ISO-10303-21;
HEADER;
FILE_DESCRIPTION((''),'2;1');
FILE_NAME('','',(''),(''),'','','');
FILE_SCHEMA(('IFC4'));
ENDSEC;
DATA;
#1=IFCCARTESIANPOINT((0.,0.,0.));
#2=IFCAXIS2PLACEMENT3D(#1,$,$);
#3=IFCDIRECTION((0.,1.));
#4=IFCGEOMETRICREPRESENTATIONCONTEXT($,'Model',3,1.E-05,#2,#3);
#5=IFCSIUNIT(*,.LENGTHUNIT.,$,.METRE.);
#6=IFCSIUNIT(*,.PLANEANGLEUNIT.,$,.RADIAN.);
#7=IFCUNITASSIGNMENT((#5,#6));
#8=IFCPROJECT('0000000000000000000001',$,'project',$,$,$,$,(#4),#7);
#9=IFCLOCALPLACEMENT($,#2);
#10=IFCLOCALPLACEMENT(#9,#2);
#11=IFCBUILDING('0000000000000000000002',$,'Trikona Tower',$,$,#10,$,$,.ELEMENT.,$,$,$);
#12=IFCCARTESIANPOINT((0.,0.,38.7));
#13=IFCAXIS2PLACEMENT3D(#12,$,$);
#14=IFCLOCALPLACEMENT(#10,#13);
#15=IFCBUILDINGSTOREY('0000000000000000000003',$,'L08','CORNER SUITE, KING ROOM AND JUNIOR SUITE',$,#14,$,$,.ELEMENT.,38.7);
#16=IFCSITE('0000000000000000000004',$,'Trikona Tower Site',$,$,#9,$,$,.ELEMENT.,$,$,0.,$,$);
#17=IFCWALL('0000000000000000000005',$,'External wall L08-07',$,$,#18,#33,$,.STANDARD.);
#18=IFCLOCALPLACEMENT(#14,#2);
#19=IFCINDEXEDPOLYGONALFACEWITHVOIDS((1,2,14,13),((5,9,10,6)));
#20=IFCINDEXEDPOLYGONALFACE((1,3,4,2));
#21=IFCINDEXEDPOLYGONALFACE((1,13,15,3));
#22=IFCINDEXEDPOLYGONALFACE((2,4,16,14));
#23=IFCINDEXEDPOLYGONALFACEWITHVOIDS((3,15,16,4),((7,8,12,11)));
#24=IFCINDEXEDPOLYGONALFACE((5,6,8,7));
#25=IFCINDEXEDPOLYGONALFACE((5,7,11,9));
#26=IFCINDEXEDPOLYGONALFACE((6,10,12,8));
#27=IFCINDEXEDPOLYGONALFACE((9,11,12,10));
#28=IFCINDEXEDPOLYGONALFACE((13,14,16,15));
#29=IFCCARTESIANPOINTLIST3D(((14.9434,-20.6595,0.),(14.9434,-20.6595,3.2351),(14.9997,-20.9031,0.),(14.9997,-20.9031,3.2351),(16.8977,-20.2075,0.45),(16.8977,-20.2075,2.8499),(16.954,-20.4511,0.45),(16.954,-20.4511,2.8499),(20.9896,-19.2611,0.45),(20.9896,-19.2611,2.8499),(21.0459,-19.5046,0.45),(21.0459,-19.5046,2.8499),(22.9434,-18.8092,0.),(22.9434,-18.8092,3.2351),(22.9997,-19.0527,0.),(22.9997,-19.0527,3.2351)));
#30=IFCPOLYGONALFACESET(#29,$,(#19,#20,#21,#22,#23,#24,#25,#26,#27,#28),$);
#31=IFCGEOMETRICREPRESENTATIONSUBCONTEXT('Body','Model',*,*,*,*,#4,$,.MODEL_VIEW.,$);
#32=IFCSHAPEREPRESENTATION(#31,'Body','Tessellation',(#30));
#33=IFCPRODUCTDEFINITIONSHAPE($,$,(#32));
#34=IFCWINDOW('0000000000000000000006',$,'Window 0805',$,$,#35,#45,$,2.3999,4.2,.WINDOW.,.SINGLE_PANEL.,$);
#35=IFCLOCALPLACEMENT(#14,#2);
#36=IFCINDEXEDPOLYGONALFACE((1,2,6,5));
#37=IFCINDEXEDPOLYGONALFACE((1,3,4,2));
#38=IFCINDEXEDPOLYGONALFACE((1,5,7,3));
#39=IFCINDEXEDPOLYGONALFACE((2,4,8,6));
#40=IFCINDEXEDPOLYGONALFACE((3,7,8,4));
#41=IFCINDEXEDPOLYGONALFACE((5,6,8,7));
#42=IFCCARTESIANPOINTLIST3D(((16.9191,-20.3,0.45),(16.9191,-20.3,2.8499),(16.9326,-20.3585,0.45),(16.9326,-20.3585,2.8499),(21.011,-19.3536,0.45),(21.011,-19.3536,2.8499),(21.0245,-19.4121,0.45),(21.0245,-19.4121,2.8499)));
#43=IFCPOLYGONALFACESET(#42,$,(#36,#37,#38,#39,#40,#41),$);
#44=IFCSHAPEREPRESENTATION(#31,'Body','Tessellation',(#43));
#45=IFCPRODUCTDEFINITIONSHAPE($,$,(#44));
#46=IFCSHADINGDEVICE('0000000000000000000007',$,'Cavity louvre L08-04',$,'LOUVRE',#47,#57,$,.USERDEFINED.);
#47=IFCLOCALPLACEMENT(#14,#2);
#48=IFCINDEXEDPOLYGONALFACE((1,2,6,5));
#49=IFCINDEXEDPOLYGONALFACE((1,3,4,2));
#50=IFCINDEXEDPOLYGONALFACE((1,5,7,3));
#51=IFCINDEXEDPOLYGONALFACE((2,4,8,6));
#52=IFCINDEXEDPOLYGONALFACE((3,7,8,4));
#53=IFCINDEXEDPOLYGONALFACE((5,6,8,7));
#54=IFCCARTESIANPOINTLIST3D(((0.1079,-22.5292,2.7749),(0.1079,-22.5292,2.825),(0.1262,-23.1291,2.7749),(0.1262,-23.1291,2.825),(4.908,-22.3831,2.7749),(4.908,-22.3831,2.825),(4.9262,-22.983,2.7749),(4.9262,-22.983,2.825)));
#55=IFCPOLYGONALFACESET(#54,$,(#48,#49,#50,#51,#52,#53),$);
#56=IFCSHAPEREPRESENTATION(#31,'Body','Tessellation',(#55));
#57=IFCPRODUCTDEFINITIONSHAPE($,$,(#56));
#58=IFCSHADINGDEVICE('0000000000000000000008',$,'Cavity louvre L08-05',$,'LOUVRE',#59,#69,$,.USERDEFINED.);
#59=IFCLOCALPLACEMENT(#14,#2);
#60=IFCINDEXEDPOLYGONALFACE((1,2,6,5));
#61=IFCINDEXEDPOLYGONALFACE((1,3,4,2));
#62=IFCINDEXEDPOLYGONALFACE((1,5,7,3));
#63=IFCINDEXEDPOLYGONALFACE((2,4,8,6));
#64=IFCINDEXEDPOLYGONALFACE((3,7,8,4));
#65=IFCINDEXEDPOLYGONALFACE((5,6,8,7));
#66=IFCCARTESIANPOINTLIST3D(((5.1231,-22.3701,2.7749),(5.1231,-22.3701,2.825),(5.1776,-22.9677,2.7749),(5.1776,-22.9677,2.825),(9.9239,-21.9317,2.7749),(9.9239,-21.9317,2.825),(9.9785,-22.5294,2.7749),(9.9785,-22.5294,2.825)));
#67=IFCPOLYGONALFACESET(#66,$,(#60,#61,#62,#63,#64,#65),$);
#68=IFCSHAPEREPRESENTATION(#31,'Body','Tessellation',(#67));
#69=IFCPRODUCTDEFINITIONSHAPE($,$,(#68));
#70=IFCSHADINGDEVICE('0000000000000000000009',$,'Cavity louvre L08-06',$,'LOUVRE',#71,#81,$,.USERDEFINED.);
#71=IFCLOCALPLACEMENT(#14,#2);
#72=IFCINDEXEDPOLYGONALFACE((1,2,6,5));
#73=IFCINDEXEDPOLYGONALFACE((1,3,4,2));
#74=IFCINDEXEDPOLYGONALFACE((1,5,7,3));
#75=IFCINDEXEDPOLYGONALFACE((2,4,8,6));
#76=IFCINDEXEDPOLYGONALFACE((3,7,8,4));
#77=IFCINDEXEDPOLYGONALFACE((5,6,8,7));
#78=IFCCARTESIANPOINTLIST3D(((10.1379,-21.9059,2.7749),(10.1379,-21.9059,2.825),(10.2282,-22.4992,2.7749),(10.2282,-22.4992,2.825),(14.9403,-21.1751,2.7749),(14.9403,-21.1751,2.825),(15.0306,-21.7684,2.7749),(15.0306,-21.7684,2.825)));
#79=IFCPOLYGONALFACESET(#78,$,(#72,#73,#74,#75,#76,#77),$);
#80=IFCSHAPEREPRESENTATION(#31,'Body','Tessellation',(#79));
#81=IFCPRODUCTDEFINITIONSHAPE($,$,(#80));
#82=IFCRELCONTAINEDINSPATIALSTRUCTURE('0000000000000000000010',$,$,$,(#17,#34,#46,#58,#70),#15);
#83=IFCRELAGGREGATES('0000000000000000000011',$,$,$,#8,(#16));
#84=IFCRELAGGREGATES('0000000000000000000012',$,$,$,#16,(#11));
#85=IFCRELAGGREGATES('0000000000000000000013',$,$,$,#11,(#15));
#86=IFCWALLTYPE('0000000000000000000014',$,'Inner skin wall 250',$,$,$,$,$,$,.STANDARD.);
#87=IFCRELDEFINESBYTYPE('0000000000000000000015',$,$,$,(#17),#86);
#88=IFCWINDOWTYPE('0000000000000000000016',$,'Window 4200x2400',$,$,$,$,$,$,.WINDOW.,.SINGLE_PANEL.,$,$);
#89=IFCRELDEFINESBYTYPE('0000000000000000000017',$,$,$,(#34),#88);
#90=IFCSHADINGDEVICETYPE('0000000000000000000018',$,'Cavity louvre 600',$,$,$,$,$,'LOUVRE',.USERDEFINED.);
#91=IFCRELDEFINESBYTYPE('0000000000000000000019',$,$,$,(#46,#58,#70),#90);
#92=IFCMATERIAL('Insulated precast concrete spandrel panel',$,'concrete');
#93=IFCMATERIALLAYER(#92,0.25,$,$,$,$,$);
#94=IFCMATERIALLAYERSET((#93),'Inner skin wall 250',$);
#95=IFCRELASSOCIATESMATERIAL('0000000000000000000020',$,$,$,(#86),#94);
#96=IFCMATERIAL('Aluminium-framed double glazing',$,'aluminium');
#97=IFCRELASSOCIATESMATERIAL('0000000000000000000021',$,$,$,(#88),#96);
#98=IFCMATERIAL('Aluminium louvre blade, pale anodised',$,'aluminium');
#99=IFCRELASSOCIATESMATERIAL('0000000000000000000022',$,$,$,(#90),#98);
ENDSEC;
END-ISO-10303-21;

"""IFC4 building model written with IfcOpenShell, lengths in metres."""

from ifc_helpers import new_model, si_unit, direction, frame, frame_2d, origin, origin_2d, place, context, subcontext, project, spatial, rectangle, extrude, material, layer, layer_set, type_object, element, fill, save


model = new_model("IFC4")

# Units and contexts
model_context = context("Model", 3, precision=1e-05, world=origin(), true_north=direction((0.0, 1.0)))
body_context = subcontext(model_context, "Body", "Model", "MODEL_VIEW")
ifc_project = project(units=[si_unit("LENGTHUNIT", "METRE"), si_unit("PLANEANGLEUNIT", "RADIAN")], contexts=[model_context])

# Site, building, storey
site_placement = place(None, origin())
site = spatial("IfcSite", under=ifc_project, at=site_placement, Name="Trikona Tower Site", CompositionType="ELEMENT", RefElevation=0.0)
building_placement = place(site_placement, origin())
building = spatial("IfcBuilding", under=site, at=building_placement, Name="Trikona Tower", CompositionType="ELEMENT")
storey_placement = place(building_placement, frame((0.0, 0.0, 38.7)))
storey = spatial("IfcBuildingStorey", under=building, at=storey_placement, Name="L08", Description="CORNER SUITE, KING ROOM AND JUNIOR SUITE", CompositionType="ELEMENT", Elevation=38.7)

# Wall, opening, window
ifc_material_1 = material(Name="Insulated precast concrete spandrel panel", Category="concrete")
ifc_layer_1 = layer(ifc_material_1, 0.25)
ifc_layer_set_1 = layer_set([ifc_layer_1], Name="Inner skin wall 250")
wall_type = type_object("IfcWallType", Name="Inner skin wall 250", PredefinedType="STANDARD", material=ifc_layer_set_1)
wall_1_placement = place(storey_placement, frame((14.9717, -20.7812, 0.0), z_axis=(0.0, 0.0, 1.0), x_axis=(0.974279, 0.225344, 0.0)))
wall_1 = element("IfcWall", 1, at=wall_1_placement, inside=storey, type_object=wall_type, Name="External wall L08-07", PredefinedType="STANDARD", context=body_context, shape_type="SweptSolid", body=[
    extrude(rectangle(XDim=8.2112, YDim=0.25, at=frame_2d((4.1055, 0.0))), origin(), (0.0, 0.0, 1.0), 3.2351),
])
opening_1_placement = place(wall_1_placement, frame((2.0056, 0.0, 0.45)))
opening_1 = element("IfcOpeningElement", 2, at=opening_1_placement, cuts=wall_1, PredefinedType="OPENING", context=body_context, shape_type="SweptSolid", body=[
    extrude(rectangle(XDim=4.2, YDim=2.3999, at=frame_2d((2.1001, 1.2))), frame((0.0, 0.135, 0.0), z_axis=(0.0, -1.0, 0.0), x_axis=(1.0, 0.0, 0.0)), (0.0, 0.0, 1.0), 0.27),
])
ifc_material_2 = material(Name="Aluminium-framed double glazing", Category="aluminium")
window_type_1 = type_object("IfcWindowType", Name="Window 4200x2400", PartitioningType="SINGLE_PANEL", PredefinedType="WINDOW", material=ifc_material_2)
window_1_placement = place(opening_1_placement, origin())
window_1 = element("IfcWindow", 3, at=window_1_placement, inside=storey, type_object=window_type_1, Name="Window 0805", OverallHeight=2.3999, OverallWidth=4.2, PartitioningType="SINGLE_PANEL", PredefinedType="WINDOW", context=body_context, shape_type="SweptSolid", body=[
    extrude(rectangle(XDim=4.2, YDim=2.3999, at=frame_2d((2.1001, 1.2))), frame((0.0, 0.03, 0.0), z_axis=(0.0, -1.0, 0.0), x_axis=(1.0, 0.0, 0.0)), (0.0, 0.0, 1.0), 0.0601),
])
fill(opening_1, window_1)

# Shading devices
ifc_material_3 = material(Name="Aluminium louvre blade, pale anodised", Category="aluminium")
shading_device_type = type_object("IfcShadingDeviceType", Name="Cavity louvre 600", ElementType="LOUVRE", PredefinedType="USERDEFINED", material=ifc_material_3)
shading_device_1_placement = place(storey_placement, frame((2.5171, -22.7561, 2.7749), z_axis=(0.0, 0.0, 1.0), x_axis=(0.999537, 0.030425, 0.0)))
element("IfcShadingDevice", 4, at=shading_device_1_placement, inside=storey, type_object=shading_device_type, Name="Cavity louvre L08-04", ObjectType="LOUVRE", PredefinedType="USERDEFINED", context=body_context, shape_type="SweptSolid", body=[
    extrude(rectangle(XDim=4.8022, YDim=0.6001, at=origin_2d()), origin(), (0.0, 0.0, 1.0), 0.05),
])
shading_device_2_placement = place(storey_placement, frame((7.5508, -22.4497, 2.7749), z_axis=(0.0, 0.0, 1.0), x_axis=(0.995858, 0.090921, 0.0)))
element("IfcShadingDevice", 5, at=shading_device_2_placement, inside=storey, type_object=shading_device_type, Name="Cavity louvre L08-05", ObjectType="LOUVRE", PredefinedType="USERDEFINED", context=body_context, shape_type="SweptSolid", body=[
    extrude(rectangle(XDim=4.8208, YDim=0.6001, at=origin_2d()), origin(), (0.0, 0.0, 1.0), 0.05),
])
shading_device_3_placement = place(storey_placement, frame((12.5842, -21.8372, 2.7749), z_axis=(0.0, 0.0, 1.0), x_axis=(0.988618, 0.150448, 0.0)))
element("IfcShadingDevice", 6, at=shading_device_3_placement, inside=storey, type_object=shading_device_type, Name="Cavity louvre L08-06", ObjectType="LOUVRE", PredefinedType="USERDEFINED", context=body_context, shape_type="SweptSolid", body=[
    extrude(rectangle(XDim=4.8577, YDim=0.6001, at=origin_2d()), origin(), (0.0, 0.0, 1.0), 0.05),
])

save(model, "model.ifc")
